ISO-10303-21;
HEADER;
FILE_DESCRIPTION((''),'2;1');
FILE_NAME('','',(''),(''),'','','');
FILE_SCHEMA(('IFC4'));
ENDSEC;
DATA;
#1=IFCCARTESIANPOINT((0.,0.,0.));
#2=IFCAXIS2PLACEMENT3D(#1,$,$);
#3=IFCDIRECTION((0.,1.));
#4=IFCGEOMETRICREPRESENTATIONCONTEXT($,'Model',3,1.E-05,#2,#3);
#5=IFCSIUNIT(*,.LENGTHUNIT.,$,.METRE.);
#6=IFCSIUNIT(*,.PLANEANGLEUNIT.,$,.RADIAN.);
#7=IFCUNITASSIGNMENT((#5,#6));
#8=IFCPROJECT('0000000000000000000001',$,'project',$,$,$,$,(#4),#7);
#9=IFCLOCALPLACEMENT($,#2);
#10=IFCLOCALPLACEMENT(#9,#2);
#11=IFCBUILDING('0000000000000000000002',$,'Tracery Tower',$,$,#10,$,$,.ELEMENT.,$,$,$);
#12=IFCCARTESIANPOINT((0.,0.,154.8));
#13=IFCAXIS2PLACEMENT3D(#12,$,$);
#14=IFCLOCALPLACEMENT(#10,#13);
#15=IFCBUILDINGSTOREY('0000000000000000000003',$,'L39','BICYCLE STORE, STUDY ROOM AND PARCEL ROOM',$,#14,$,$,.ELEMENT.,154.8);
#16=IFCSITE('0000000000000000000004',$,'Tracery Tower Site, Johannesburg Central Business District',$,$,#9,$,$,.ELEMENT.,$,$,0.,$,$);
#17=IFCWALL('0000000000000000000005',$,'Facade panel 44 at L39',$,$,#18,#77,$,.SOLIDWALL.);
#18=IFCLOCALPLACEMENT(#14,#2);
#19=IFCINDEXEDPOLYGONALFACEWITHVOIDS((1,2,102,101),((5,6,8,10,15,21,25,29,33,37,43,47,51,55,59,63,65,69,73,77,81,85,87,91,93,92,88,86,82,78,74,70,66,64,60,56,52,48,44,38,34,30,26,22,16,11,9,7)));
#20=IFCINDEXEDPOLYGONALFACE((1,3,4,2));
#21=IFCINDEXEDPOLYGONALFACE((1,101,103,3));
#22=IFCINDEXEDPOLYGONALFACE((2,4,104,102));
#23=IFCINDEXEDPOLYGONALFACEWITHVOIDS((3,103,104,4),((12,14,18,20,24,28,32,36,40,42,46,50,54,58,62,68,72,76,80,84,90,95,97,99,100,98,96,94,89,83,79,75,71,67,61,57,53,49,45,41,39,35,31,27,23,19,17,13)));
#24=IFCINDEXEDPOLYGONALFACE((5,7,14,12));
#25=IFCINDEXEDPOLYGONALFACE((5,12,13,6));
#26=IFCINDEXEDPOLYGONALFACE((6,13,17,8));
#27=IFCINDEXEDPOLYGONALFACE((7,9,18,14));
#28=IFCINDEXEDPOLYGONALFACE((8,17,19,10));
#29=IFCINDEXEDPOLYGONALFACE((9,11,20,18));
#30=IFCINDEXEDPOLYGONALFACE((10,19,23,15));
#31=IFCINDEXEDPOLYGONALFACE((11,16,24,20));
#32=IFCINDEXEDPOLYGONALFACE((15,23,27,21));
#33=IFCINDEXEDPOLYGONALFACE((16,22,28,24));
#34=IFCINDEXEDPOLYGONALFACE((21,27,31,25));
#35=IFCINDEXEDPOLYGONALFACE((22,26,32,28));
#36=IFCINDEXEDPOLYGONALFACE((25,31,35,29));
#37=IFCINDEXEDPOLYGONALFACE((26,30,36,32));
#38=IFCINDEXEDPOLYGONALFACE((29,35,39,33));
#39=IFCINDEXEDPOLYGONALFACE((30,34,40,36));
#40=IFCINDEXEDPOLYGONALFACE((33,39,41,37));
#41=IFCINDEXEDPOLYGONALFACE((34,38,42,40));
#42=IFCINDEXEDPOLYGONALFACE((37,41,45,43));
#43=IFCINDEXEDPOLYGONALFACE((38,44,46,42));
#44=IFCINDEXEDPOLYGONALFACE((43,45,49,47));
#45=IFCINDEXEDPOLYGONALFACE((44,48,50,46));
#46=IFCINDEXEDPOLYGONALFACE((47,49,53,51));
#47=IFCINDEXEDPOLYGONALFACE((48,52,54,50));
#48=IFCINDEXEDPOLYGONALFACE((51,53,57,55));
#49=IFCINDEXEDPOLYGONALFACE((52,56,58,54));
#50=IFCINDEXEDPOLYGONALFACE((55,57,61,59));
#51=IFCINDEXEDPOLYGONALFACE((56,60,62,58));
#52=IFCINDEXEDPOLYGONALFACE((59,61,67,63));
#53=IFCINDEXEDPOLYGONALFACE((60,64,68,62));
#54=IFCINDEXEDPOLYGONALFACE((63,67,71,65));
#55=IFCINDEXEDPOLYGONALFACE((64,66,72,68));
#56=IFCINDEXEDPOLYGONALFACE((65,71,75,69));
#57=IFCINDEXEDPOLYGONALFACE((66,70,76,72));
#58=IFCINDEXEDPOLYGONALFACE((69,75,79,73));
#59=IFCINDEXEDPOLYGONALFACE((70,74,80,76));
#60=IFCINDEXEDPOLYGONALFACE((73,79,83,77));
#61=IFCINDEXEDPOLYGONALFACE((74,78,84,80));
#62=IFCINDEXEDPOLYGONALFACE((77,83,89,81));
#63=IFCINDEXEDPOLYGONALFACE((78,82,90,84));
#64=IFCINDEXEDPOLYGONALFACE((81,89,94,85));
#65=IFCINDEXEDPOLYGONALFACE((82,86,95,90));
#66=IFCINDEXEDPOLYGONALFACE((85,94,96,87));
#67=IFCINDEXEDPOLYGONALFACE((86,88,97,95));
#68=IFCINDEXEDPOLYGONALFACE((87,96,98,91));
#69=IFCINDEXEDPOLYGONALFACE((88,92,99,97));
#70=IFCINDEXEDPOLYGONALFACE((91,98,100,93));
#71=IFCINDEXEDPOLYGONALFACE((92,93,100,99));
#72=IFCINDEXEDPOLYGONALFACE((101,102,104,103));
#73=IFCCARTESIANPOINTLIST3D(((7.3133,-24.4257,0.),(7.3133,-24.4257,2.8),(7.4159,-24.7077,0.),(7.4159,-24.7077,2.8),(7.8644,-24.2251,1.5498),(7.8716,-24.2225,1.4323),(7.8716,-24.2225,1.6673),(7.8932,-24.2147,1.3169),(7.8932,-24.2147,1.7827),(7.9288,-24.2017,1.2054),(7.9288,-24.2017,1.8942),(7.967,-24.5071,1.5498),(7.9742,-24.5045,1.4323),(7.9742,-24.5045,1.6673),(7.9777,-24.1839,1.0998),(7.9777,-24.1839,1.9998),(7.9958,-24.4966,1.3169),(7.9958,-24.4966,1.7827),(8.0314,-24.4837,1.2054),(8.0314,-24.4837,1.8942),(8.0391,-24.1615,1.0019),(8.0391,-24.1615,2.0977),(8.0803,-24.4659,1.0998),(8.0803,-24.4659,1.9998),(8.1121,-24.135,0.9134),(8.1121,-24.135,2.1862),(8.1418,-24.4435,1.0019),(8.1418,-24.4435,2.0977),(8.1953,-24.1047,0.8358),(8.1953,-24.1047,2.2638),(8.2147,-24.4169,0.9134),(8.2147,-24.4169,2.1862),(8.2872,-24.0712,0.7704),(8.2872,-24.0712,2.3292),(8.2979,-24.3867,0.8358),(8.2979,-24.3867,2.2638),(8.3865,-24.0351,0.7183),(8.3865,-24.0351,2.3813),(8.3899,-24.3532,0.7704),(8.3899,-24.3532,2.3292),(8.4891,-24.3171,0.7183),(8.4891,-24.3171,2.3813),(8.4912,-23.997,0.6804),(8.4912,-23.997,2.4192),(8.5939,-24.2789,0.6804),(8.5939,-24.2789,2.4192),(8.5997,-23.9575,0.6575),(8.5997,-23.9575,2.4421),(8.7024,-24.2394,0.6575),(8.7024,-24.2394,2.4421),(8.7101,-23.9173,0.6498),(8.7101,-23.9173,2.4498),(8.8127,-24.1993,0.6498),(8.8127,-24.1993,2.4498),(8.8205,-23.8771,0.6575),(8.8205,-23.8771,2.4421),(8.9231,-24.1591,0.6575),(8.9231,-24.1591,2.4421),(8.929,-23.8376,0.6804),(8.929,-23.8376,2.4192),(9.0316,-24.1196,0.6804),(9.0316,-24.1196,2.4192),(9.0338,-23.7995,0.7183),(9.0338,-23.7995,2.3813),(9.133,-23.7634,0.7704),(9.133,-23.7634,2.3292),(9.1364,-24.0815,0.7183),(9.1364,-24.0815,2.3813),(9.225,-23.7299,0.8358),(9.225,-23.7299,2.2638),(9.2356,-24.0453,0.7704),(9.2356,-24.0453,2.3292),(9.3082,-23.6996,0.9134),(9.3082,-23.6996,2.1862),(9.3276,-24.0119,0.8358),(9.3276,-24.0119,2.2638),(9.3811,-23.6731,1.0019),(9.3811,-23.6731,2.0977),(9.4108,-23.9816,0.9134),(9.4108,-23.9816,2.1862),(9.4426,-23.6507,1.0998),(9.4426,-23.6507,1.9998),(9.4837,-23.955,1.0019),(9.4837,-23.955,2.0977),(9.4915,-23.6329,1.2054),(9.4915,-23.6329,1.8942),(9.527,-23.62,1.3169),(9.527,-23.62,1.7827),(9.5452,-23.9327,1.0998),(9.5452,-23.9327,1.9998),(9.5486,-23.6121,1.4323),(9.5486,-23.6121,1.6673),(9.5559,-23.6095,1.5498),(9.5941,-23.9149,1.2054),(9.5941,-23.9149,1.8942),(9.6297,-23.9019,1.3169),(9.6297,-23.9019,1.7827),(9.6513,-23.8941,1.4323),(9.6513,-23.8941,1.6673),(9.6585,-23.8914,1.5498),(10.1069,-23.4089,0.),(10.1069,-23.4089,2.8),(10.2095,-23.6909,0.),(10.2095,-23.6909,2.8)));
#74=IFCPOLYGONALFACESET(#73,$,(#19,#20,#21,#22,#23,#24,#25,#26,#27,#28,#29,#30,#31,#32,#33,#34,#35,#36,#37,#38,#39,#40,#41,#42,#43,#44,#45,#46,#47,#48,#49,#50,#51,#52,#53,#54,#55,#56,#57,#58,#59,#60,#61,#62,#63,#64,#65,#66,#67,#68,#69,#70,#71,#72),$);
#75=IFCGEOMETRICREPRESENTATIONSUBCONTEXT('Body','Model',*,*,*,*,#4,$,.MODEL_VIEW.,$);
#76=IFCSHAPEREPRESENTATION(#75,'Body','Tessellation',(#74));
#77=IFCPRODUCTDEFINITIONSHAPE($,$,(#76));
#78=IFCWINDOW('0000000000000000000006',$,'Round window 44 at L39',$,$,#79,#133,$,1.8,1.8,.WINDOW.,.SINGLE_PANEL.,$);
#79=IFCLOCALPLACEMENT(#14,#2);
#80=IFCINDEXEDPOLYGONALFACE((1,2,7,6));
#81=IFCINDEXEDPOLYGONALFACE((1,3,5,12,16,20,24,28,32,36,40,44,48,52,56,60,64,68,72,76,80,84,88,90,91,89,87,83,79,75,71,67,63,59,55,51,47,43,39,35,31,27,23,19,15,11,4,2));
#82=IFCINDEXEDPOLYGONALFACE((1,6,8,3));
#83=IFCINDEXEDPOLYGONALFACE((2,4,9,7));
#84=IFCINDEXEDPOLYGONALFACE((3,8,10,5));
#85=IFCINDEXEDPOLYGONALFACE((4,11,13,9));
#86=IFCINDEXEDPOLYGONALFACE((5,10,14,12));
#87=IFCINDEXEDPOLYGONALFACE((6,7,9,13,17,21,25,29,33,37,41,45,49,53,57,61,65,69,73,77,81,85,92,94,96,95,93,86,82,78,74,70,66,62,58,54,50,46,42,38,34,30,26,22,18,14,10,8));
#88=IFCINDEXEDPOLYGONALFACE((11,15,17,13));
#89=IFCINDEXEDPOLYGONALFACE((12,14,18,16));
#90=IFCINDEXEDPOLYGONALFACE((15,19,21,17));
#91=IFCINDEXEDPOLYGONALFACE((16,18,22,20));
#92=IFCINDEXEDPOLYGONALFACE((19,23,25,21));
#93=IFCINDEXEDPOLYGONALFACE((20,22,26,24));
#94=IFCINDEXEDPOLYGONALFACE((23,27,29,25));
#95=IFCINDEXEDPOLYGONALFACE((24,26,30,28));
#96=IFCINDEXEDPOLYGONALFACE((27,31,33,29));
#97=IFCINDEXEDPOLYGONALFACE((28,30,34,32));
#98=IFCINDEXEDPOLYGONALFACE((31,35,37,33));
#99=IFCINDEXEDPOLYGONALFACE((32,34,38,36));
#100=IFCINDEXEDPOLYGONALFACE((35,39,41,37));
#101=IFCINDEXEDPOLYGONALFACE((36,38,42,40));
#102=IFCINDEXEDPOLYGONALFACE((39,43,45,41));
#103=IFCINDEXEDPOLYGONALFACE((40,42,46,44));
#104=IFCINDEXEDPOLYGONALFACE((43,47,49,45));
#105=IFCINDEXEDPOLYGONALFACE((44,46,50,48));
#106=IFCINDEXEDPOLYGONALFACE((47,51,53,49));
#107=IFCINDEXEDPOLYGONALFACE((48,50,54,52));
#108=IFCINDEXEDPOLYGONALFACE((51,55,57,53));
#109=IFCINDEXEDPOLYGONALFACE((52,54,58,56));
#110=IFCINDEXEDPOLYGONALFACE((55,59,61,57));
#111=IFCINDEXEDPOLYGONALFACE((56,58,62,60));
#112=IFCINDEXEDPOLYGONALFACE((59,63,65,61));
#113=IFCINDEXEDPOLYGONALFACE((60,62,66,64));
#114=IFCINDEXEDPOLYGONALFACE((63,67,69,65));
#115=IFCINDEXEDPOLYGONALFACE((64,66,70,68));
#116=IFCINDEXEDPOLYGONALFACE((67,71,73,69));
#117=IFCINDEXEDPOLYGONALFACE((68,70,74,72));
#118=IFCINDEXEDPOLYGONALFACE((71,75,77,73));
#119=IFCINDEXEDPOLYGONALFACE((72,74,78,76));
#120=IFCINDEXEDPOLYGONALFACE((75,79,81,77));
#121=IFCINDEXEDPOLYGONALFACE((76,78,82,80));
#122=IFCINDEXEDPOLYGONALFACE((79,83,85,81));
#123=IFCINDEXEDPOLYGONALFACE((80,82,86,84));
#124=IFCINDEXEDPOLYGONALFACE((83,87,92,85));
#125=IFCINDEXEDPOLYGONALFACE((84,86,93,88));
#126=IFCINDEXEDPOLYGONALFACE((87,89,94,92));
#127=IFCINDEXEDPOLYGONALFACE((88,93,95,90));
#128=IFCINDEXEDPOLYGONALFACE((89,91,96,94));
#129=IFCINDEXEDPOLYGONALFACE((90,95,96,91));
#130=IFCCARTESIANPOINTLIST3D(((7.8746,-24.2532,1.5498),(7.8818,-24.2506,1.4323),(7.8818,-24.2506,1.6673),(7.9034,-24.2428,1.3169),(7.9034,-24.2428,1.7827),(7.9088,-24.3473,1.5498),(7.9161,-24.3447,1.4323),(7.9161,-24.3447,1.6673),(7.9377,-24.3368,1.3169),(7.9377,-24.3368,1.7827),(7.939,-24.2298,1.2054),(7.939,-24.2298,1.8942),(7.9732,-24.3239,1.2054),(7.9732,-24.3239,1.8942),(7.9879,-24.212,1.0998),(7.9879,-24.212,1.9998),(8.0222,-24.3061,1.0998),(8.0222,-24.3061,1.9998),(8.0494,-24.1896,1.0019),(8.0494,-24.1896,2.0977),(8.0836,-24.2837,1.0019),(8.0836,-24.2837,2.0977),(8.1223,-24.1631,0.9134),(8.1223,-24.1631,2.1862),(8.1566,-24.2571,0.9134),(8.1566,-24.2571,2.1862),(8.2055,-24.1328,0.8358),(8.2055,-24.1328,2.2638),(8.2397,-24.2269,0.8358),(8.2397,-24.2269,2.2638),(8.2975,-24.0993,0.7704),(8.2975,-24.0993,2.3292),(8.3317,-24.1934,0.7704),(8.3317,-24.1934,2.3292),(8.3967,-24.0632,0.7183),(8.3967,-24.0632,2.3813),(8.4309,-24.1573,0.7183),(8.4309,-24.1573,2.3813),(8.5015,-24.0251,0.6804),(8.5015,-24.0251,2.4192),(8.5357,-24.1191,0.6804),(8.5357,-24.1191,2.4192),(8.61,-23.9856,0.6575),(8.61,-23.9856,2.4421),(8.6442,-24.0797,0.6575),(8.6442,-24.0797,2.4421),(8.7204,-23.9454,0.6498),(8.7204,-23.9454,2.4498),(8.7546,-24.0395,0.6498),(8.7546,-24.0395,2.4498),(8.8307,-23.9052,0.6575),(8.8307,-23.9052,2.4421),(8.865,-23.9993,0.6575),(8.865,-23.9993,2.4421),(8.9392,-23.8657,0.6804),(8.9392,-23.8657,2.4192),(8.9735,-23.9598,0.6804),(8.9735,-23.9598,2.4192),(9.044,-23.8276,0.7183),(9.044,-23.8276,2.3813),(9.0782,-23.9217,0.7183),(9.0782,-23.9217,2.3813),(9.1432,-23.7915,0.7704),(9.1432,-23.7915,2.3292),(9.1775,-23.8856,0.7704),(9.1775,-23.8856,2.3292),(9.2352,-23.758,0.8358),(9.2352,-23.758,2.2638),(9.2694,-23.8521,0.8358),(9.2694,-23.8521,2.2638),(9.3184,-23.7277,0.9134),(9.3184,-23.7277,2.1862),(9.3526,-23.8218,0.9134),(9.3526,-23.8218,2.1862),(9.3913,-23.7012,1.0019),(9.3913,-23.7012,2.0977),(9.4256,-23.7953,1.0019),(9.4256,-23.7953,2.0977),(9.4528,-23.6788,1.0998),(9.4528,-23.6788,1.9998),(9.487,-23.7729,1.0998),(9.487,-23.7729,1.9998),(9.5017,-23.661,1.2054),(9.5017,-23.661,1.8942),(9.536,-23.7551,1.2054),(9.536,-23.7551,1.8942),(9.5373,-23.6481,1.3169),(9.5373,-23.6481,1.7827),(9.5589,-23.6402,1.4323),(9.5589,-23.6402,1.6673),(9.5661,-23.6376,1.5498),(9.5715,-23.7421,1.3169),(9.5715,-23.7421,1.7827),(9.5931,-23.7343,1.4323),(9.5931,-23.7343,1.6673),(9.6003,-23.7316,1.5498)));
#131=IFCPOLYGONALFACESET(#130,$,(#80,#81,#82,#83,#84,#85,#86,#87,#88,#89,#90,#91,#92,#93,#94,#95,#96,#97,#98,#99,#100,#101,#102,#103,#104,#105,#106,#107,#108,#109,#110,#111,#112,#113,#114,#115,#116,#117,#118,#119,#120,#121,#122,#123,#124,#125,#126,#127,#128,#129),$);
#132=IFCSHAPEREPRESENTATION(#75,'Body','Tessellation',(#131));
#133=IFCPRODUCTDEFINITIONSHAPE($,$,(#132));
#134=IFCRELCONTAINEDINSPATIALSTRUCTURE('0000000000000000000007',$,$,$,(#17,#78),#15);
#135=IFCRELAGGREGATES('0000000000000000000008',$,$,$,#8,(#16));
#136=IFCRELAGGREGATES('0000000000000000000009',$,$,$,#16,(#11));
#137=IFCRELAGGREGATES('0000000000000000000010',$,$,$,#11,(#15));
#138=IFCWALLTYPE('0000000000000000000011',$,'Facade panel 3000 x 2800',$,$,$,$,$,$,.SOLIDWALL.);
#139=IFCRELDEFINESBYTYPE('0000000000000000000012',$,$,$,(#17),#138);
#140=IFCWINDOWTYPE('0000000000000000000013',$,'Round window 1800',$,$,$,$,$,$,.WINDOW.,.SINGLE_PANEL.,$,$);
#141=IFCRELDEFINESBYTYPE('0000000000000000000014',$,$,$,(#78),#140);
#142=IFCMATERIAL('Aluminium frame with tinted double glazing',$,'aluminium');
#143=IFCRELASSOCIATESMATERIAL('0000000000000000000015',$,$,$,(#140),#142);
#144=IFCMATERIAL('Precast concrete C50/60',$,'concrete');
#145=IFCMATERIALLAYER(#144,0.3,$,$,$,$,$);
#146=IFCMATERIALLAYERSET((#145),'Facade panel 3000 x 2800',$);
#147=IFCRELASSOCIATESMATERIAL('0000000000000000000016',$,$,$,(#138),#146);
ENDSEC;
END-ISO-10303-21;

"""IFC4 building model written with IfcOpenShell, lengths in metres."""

from ifc_helpers import new_model, si_unit, direction, frame, frame_2d, origin, origin_2d, place, context, subcontext, project, spatial, rectangle, circle, extrude, material, layer, layer_set, type_object, element, fill, save


model = new_model("IFC4")

# Units and contexts
model_context = context("Model", 3, precision=1e-05, world=origin(), true_north=direction((0.0, 1.0)))
body_context = subcontext(model_context, "Body", "Model", "MODEL_VIEW")
ifc_project = project(units=[si_unit("LENGTHUNIT", "METRE"), si_unit("PLANEANGLEUNIT", "RADIAN")], contexts=[model_context])

# Site, building, storey
site_placement = place(None, origin())
site = spatial("IfcSite", under=ifc_project, at=site_placement, Name="Tracery Tower Site, Johannesburg Central Business District", CompositionType="ELEMENT", RefElevation=0.0)
building_placement = place(site_placement, origin())
building = spatial("IfcBuilding", under=site, at=building_placement, Name="Tracery Tower", CompositionType="ELEMENT")
storey_placement = place(building_placement, frame((0.0, 0.0, 154.8)))
storey = spatial("IfcBuildingStorey", under=building, at=storey_placement, Name="L39", Description="BICYCLE STORE, STUDY ROOM AND PARCEL ROOM", CompositionType="ELEMENT", Elevation=154.8)

# Wall, opening, window
ifc_material_1 = material(Name="Aluminium frame with tinted double glazing", Category="aluminium")
window_type = type_object("IfcWindowType", Name="Round window 1800", PartitioningType="SINGLE_PANEL", PredefinedType="WINDOW", material=ifc_material_1)
ifc_material_2 = material(Name="Precast concrete C50/60", Category="concrete")
ifc_layer_1 = layer(ifc_material_2, 0.3)
ifc_layer_set_1 = layer_set([ifc_layer_1], Name="Facade panel 3000 x 2800")
wall_type_1 = type_object("IfcWallType", Name="Facade panel 3000 x 2800", PredefinedType="SOLIDWALL", material=ifc_layer_set_1)
wall_1_placement = place(storey_placement, frame((7.3647, -24.5667, 0.0), z_axis=(0.0, 0.0, 1.0), x_axis=(0.93969, 0.342027, 0.0)))
wall_1 = element("IfcWall", 1, at=wall_1_placement, inside=storey, type_object=wall_type_1, Name="Facade panel 44 at L39", PredefinedType="SOLIDWALL", context=body_context, shape_type="SweptSolid", body=[
    extrude(rectangle(XDim=2.9729, YDim=0.3, at=frame_2d((1.4863, 0.0))), origin(), (0.0, 0.0, 1.0), 2.8),
])
opening_1_placement = place(wall_1_placement, frame((1.4863, 0.0, 1.5498)))
opening_1 = element("IfcOpeningElement", 2, at=opening_1_placement, cuts=wall_1, PredefinedType="OPENING", context=body_context, shape_type="SweptSolid", body=[
    extrude(circle(Radius=0.9, at=origin_2d()), frame((0.0, 0.1599, 0.0), z_axis=(0.0, -1.0, 0.0), x_axis=(1.0, 0.0, 0.0)), (0.0, 0.0, 1.0), 0.3201),
])
window_1_placement = place(opening_1_placement, origin())
window_1 = element("IfcWindow", 3, at=window_1_placement, inside=storey, type_object=window_type, Name="Round window 44 at L39", OverallHeight=1.8, OverallWidth=1.8, PartitioningType="SINGLE_PANEL", PredefinedType="WINDOW", context=body_context, shape_type="SweptSolid", body=[
    extrude(circle(Radius=0.9, at=origin_2d()), frame((0.0, 0.1201, 0.0), z_axis=(0.0, -1.0, 0.0), x_axis=(1.0, 0.0, 0.0)), (0.0, 0.0, 1.0), 0.1001),
])
fill(opening_1, window_1)

save(model, "model.ifc")
